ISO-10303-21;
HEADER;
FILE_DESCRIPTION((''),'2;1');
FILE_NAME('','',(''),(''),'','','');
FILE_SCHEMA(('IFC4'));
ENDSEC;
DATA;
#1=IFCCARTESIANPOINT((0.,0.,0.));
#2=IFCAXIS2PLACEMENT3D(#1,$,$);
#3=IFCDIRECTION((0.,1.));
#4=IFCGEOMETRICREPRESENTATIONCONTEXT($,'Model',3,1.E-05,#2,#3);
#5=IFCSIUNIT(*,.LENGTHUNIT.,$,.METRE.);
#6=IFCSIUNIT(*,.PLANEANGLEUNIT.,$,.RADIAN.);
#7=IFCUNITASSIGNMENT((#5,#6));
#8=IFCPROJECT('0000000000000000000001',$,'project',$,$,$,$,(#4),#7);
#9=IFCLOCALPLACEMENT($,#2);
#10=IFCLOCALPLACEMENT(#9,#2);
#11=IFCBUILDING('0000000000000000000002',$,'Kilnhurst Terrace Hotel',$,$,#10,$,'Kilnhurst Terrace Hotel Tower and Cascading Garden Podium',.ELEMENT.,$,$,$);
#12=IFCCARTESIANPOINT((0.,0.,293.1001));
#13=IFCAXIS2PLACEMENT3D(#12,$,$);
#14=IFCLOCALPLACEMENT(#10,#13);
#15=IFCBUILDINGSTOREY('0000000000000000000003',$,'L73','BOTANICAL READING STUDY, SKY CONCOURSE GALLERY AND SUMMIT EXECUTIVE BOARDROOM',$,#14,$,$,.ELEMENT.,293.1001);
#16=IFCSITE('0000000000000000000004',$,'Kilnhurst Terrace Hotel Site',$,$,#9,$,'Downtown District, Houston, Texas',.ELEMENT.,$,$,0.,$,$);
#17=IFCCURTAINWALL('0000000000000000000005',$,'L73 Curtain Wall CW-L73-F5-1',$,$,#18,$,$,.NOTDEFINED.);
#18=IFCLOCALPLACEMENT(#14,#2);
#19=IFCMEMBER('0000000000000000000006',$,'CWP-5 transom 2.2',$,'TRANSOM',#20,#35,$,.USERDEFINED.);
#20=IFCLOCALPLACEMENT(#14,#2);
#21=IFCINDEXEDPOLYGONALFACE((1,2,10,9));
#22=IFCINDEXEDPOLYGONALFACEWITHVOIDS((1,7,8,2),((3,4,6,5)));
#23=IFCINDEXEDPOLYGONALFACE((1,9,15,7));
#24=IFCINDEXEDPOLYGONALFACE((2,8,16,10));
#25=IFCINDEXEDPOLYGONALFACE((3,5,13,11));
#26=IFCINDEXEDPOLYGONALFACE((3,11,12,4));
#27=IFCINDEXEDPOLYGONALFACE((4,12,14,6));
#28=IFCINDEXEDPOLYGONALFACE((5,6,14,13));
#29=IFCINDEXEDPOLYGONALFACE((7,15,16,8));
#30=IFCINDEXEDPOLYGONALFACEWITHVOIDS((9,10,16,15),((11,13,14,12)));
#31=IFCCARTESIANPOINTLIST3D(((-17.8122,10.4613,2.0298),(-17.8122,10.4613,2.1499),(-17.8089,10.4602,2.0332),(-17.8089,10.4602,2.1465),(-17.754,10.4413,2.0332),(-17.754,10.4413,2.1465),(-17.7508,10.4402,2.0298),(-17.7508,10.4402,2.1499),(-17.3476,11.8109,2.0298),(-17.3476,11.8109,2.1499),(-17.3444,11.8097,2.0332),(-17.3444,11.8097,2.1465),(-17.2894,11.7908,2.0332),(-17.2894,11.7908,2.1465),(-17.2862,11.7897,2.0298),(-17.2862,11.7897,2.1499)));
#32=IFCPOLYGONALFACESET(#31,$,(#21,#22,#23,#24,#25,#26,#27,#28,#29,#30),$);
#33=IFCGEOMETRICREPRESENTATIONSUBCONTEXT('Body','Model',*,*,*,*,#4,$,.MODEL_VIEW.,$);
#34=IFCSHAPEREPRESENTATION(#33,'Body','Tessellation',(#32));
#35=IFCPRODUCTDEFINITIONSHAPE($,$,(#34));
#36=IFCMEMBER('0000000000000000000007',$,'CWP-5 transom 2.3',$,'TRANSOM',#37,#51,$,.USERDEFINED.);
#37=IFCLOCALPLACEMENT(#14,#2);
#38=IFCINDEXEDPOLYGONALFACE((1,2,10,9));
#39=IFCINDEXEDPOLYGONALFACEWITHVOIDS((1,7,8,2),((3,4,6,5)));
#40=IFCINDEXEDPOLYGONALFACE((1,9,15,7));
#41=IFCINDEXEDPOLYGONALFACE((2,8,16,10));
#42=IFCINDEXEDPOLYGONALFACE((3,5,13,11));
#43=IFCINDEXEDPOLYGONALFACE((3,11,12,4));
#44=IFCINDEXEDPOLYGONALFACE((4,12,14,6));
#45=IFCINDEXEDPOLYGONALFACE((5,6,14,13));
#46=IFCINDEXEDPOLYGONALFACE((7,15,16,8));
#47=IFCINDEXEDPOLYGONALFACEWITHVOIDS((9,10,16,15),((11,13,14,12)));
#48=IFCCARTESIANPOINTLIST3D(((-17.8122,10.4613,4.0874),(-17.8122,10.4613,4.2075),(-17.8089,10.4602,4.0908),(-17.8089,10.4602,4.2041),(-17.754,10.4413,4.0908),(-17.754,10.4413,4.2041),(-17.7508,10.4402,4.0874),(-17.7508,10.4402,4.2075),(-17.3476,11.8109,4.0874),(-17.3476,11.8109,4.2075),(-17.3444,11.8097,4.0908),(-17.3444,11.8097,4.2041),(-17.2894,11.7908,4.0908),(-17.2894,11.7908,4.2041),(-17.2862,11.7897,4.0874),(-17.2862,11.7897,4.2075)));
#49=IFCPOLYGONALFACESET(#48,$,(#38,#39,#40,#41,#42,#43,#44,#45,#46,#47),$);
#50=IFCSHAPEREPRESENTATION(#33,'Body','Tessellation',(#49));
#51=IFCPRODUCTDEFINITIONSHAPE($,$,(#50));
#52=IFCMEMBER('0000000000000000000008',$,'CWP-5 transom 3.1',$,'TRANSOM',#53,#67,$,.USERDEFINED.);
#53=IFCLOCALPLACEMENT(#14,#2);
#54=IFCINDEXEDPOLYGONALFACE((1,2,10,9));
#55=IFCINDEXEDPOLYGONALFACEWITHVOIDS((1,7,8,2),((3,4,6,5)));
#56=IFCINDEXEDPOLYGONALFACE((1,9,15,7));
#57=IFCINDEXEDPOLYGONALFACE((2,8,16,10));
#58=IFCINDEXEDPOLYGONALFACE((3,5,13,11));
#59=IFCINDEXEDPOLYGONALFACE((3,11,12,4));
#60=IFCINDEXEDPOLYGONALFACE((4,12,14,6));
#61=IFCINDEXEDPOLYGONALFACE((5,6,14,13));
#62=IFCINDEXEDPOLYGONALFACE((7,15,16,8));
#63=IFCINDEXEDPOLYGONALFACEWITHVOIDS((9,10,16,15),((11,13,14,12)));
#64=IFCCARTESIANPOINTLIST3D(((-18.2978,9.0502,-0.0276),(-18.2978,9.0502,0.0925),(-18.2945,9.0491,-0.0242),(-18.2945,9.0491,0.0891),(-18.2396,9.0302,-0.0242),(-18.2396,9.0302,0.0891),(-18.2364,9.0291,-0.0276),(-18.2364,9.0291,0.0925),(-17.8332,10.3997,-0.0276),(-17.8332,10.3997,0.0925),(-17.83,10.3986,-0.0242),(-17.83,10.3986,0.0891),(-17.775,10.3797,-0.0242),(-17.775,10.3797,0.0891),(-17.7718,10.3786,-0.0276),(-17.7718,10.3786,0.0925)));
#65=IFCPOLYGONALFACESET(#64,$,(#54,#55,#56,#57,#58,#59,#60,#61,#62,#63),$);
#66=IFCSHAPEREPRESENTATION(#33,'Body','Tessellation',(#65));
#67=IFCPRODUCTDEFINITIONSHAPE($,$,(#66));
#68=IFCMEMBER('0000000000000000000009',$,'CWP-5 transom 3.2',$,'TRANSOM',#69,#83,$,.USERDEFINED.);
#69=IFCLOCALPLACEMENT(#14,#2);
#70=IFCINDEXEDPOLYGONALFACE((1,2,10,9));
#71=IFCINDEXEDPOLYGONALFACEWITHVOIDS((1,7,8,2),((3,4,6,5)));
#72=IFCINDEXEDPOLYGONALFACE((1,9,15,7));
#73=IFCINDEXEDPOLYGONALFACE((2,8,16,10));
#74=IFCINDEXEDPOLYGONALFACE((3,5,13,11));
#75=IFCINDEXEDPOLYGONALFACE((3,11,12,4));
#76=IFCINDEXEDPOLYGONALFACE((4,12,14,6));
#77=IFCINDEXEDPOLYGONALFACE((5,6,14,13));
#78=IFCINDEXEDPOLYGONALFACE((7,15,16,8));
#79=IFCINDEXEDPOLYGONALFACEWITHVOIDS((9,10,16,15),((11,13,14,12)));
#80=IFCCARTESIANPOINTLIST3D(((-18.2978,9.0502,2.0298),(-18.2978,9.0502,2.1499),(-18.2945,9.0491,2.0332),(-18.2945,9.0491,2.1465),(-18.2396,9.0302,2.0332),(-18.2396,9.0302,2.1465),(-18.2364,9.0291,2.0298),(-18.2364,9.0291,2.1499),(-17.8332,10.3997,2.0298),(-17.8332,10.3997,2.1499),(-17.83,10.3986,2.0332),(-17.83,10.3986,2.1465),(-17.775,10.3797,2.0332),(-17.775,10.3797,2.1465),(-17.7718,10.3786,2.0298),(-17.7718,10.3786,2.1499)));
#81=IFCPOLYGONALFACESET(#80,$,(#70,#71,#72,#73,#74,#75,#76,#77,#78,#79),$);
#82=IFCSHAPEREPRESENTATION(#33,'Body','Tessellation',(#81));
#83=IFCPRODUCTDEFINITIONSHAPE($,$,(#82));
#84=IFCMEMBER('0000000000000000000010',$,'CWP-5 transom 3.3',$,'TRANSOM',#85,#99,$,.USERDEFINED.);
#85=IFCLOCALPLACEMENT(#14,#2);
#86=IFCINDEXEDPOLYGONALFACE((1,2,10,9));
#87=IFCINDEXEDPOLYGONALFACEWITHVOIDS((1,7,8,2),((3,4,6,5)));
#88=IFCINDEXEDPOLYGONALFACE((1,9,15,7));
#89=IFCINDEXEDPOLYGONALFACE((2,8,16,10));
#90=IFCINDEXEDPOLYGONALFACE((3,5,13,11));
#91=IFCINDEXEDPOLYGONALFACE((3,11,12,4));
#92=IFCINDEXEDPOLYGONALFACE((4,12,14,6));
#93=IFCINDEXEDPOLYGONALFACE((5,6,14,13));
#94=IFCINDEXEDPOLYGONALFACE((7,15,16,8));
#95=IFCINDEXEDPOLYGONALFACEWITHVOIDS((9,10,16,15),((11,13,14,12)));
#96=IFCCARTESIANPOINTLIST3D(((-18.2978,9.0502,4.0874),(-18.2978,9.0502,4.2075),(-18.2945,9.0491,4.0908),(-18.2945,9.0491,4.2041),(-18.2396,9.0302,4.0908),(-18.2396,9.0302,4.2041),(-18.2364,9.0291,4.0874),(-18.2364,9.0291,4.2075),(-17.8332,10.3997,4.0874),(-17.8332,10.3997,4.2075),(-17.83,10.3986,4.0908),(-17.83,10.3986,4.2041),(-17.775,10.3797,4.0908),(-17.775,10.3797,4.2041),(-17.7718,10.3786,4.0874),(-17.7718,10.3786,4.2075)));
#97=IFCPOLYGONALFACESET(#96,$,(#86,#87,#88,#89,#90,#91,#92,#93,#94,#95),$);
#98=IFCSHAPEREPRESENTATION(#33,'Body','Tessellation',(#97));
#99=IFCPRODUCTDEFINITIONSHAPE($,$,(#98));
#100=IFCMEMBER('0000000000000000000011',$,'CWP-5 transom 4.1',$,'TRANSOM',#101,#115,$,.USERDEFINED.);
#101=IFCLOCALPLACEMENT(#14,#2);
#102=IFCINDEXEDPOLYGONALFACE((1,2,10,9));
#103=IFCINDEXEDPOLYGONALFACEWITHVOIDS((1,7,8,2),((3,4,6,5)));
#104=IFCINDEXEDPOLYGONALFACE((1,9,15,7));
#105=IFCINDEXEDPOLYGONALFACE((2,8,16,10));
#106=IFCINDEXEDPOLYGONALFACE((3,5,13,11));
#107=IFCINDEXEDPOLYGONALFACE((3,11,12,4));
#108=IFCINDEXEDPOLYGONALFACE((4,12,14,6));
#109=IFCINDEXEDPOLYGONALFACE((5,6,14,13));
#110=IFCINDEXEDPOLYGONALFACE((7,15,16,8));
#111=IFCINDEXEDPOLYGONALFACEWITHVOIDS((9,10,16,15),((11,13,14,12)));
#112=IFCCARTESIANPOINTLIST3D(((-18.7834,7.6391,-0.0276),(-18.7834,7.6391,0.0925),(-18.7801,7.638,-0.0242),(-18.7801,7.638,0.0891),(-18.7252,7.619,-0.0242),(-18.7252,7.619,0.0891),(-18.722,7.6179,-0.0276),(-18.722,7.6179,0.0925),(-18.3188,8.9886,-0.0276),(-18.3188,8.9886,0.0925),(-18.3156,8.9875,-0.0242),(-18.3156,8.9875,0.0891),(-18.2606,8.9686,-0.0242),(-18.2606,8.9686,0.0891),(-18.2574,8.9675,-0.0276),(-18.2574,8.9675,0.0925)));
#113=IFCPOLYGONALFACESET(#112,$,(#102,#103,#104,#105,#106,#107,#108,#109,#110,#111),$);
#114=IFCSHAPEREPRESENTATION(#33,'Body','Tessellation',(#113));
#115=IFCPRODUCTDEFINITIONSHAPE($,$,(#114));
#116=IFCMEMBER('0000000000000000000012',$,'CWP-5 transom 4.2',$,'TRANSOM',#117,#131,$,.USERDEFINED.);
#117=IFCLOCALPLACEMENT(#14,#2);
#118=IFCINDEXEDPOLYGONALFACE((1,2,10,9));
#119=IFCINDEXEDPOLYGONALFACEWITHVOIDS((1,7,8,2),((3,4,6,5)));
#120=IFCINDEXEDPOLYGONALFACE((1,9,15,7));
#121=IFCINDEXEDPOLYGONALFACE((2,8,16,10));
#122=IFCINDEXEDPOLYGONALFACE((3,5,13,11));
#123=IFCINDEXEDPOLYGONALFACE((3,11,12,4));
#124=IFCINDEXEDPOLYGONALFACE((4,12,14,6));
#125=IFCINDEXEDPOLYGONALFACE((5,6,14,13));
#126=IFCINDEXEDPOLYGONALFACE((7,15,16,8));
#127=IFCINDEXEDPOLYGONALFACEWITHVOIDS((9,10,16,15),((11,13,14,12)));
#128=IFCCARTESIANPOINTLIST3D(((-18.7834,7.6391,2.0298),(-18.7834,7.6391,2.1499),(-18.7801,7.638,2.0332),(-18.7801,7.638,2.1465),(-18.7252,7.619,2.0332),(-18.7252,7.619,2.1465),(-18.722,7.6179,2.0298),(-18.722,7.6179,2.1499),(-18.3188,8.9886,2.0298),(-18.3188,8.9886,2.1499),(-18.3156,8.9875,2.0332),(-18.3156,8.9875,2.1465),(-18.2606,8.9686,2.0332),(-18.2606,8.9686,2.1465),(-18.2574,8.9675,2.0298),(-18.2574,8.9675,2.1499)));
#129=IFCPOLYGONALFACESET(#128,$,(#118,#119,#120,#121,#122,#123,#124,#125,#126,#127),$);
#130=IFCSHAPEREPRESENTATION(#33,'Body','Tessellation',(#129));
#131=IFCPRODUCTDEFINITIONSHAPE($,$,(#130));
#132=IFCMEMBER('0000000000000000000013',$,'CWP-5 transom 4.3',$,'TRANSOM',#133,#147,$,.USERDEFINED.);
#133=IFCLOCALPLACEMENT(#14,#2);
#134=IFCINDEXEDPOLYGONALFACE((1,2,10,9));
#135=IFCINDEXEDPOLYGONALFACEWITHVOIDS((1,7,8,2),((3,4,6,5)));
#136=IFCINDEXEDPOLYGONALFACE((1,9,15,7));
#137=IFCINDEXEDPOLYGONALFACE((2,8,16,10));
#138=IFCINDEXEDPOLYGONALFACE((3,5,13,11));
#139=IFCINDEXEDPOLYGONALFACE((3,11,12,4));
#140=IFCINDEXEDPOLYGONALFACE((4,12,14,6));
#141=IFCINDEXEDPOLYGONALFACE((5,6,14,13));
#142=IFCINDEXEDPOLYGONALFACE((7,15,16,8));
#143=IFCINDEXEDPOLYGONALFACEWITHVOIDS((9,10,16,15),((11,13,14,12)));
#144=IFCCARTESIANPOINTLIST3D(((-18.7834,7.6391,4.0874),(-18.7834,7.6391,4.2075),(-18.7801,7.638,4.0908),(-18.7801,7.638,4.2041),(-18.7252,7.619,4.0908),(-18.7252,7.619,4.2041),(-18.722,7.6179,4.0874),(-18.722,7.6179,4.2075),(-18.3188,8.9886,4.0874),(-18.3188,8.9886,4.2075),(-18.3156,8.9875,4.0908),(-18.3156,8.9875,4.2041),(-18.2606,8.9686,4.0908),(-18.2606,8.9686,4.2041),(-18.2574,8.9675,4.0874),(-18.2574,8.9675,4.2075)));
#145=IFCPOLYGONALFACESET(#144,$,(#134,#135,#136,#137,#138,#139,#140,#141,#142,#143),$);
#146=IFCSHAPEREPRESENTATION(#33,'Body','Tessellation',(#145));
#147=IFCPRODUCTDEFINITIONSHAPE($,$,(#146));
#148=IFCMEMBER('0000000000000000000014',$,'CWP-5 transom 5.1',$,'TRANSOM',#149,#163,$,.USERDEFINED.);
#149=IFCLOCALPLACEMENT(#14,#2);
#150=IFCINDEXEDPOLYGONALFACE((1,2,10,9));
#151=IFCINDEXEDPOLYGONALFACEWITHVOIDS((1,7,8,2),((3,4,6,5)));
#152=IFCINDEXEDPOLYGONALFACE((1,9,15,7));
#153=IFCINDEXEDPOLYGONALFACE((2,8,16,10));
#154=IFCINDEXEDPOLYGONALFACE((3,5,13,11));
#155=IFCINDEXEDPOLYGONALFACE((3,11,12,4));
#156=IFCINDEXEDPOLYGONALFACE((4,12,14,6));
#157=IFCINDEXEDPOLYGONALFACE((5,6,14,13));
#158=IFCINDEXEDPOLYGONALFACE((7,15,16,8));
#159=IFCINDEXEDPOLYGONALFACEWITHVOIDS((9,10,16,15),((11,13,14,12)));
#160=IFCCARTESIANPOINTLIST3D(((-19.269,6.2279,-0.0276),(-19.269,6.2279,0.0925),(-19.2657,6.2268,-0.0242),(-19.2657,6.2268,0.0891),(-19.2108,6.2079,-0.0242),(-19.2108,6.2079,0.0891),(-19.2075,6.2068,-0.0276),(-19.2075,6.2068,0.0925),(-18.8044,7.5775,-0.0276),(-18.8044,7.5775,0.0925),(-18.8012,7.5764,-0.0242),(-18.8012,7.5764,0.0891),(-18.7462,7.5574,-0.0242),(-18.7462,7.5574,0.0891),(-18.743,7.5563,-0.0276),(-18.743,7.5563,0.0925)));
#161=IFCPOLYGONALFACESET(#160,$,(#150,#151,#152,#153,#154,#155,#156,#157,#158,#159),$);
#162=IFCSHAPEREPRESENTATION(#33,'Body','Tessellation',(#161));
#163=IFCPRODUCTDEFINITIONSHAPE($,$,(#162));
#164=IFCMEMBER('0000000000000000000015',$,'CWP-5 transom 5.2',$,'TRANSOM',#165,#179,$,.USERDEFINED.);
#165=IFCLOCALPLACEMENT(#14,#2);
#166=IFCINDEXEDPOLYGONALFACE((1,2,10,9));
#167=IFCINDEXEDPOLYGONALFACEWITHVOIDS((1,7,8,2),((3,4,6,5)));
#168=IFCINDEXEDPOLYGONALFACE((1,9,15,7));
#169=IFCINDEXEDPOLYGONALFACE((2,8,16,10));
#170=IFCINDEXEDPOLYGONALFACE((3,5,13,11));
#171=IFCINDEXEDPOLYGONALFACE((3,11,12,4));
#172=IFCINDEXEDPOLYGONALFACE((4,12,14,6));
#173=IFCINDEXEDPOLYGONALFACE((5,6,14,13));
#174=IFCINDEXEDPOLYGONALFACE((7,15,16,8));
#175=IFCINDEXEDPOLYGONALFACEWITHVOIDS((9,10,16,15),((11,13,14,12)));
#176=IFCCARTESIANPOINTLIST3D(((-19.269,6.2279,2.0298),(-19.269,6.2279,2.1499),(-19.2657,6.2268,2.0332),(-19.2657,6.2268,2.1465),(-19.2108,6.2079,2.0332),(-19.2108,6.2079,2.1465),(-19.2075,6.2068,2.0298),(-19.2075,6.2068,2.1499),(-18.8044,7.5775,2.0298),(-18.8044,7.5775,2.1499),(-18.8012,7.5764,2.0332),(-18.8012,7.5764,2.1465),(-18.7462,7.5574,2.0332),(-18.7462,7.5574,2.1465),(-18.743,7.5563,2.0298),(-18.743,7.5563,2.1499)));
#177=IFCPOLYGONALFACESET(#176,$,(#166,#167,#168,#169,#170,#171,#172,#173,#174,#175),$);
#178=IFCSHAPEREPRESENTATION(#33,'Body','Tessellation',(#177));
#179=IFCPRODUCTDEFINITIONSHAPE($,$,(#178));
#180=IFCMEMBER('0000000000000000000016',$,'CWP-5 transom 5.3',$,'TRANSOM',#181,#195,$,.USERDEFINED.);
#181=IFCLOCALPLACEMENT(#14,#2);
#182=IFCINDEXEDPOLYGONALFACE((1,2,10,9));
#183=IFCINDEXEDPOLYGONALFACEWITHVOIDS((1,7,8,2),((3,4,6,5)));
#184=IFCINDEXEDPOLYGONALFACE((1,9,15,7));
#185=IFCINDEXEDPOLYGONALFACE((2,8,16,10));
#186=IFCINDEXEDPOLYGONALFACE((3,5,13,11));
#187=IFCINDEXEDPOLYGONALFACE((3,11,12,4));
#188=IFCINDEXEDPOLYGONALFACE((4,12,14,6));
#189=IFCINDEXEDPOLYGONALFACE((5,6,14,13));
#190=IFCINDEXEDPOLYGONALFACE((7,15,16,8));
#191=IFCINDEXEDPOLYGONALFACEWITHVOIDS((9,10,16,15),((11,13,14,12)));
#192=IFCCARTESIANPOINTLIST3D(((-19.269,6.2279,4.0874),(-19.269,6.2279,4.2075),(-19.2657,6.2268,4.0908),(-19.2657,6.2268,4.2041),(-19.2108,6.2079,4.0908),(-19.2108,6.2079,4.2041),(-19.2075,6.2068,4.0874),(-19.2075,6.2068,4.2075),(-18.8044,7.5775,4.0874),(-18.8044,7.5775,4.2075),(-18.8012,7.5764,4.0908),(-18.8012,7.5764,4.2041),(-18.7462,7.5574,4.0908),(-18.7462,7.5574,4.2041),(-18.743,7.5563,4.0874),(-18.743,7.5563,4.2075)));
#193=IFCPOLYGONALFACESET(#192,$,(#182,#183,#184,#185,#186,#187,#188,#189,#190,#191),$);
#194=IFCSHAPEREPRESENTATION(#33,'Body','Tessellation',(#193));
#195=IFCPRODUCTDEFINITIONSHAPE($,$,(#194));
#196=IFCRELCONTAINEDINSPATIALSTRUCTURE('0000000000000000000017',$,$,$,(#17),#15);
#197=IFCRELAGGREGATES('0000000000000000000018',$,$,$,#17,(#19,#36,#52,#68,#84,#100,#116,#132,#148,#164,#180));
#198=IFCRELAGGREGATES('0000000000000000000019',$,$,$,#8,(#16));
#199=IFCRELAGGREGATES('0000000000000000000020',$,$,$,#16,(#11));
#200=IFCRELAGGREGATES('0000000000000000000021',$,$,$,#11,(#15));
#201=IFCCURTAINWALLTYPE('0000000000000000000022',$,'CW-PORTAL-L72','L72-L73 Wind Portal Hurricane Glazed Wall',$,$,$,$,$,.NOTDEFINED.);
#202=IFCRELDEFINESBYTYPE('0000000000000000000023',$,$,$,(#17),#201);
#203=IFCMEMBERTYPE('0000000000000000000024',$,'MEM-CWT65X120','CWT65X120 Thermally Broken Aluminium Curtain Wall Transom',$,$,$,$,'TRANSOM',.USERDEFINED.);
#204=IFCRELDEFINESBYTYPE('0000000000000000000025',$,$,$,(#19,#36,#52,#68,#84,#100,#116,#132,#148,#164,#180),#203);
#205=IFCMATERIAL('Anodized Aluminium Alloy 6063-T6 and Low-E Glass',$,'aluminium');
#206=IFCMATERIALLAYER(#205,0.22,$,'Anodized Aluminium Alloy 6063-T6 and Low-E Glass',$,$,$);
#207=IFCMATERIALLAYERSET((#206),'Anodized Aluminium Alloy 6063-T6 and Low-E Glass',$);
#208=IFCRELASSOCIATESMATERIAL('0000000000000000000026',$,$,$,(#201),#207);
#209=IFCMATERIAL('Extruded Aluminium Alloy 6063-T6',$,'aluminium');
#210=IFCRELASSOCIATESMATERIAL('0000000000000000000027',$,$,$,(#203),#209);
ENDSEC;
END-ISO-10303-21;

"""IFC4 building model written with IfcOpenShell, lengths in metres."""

from ifc_helpers import new_model, si_unit, direction, frame, origin, origin_2d, place, context, subcontext, project, spatial, hollow_rectangle, extrude, material, layer, layer_set, material_profile, profile_set, type_object, element, aggregate, save


model = new_model("IFC4")

# Units and contexts
model_context = context("Model", 3, precision=1e-05, world=origin(), true_north=direction((0.0, 1.0)))
body_context = subcontext(model_context, "Body", "Model", "MODEL_VIEW")
ifc_project = project(units=[si_unit("LENGTHUNIT", "METRE"), si_unit("PLANEANGLEUNIT", "RADIAN")], contexts=[model_context])

# Site, building, storey
site_placement = place(None, origin())
site = spatial("IfcSite", under=ifc_project, at=site_placement, Name="Kilnhurst Terrace Hotel Site", LongName="Downtown District, Houston, Texas", CompositionType="ELEMENT", RefElevation=0.0)
building_placement = place(site_placement, origin())
building = spatial("IfcBuilding", under=site, at=building_placement, Name="Kilnhurst Terrace Hotel", LongName="Kilnhurst Terrace Hotel Tower and Cascading Garden Podium", CompositionType="ELEMENT")
storey_placement = place(building_placement, frame((0.0, 0.0, 293.1001)))
storey = spatial("IfcBuildingStorey", under=building, at=storey_placement, Name="L73", Description="BOTANICAL READING STUDY, SKY CONCOURSE GALLERY AND SUMMIT EXECUTIVE BOARDROOM", CompositionType="ELEMENT", Elevation=293.1001)

# Curtain wall, members
ifc_material_1 = material(Name="Anodized Aluminium Alloy 6063-T6 and Low-E Glass", Category="aluminium")
ifc_layer_1 = layer(ifc_material_1, 0.22, Name="Anodized Aluminium Alloy 6063-T6 and Low-E Glass")
ifc_layer_set_1 = layer_set([ifc_layer_1], Name="Anodized Aluminium Alloy 6063-T6 and Low-E Glass")
curtain_wall_type = type_object("IfcCurtainWallType", Name="CW-PORTAL-L72", Description="L72-L73 Wind Portal Hurricane Glazed Wall", PredefinedType="NOTDEFINED", material=ifc_layer_set_1)
curtain_wall_placement = place(storey_placement, origin())
curtain_wall = element("IfcCurtainWall", 1, at=curtain_wall_placement, inside=storey, type_object=curtain_wall_type, Name="L73 Curtain Wall CW-L73-F5-1", PredefinedType="NOTDEFINED")
ifc_material_2 = material(Name="Extruded Aluminium Alloy 6063-T6", Category="aluminium")
ifc_material_profile_1 = material_profile(ifc_material_2, hollow_rectangle(XDim=0.0649, YDim=0.1201, WallThickness=0.0034, at=origin_2d()), Name="CWT65X120")
ifc_profile_set_1 = profile_set([ifc_material_profile_1], Name="Extruded Aluminium Alloy 6063-T6")
member_type_1 = type_object("IfcMemberType", Name="MEM-CWT65X120", Description="CWT65X120 Thermally Broken Aluminium Curtain Wall Transom", ElementType="TRANSOM", PredefinedType="USERDEFINED", material=ifc_profile_set_1)
member_1_placement = place(storey_placement, frame((-17.3169, 11.8003, 2.0898), z_axis=(-0.3255, -0.945542, 0.0), x_axis=(0.945542, -0.3255, 0.0)))
member_1 = element("IfcMember", 2, at=member_1_placement, type_object=member_type_1, Name="CWP-5 transom 2.2", ObjectType="TRANSOM", PredefinedType="USERDEFINED", context=body_context, shape_type="SweptSolid", body=[
    extrude(hollow_rectangle(XDim=0.0649, YDim=0.1201, WallThickness=0.0034, at=origin_2d()), origin(), (0.0, 0.0, 1.0), 1.4272),
])
member_2_placement = place(storey_placement, frame((-17.3169, 11.8003, 4.1475), z_axis=(-0.3255, -0.945542, 0.0), x_axis=(0.945542, -0.3255, 0.0)))
member_2 = element("IfcMember", 3, at=member_2_placement, type_object=member_type_1, Name="CWP-5 transom 2.3", ObjectType="TRANSOM", PredefinedType="USERDEFINED", context=body_context, shape_type="SweptSolid", body=[
    extrude(hollow_rectangle(XDim=0.0649, YDim=0.1201, WallThickness=0.0034, at=origin_2d()), origin(), (0.0, 0.0, 1.0), 1.4272),
])
member_3_placement = place(storey_placement, frame((-17.8025, 10.3892, 0.0325), z_axis=(-0.3255, -0.945542, 0.0), x_axis=(0.945542, -0.3255, 0.0)))
member_3 = element("IfcMember", 4, at=member_3_placement, type_object=member_type_1, Name="CWP-5 transom 3.1", ObjectType="TRANSOM", PredefinedType="USERDEFINED", context=body_context, shape_type="SweptSolid", body=[
    extrude(hollow_rectangle(XDim=0.0649, YDim=0.1201, WallThickness=0.0034, at=origin_2d()), origin(), (0.0, 0.0, 1.0), 1.4272),
])
member_4_placement = place(storey_placement, frame((-17.8025, 10.3892, 2.0898), z_axis=(-0.3255, -0.945542, 0.0), x_axis=(0.945542, -0.3255, 0.0)))
member_4 = element("IfcMember", 5, at=member_4_placement, type_object=member_type_1, Name="CWP-5 transom 3.2", ObjectType="TRANSOM", PredefinedType="USERDEFINED", context=body_context, shape_type="SweptSolid", body=[
    extrude(hollow_rectangle(XDim=0.0649, YDim=0.1201, WallThickness=0.0034, at=origin_2d()), origin(), (0.0, 0.0, 1.0), 1.4272),
])
member_5_placement = place(storey_placement, frame((-17.8025, 10.3892, 4.1475), z_axis=(-0.3255, -0.945542, 0.0), x_axis=(0.945542, -0.3255, 0.0)))
member_5 = element("IfcMember", 6, at=member_5_placement, type_object=member_type_1, Name="CWP-5 transom 3.3", ObjectType="TRANSOM", PredefinedType="USERDEFINED", context=body_context, shape_type="SweptSolid", body=[
    extrude(hollow_rectangle(XDim=0.0649, YDim=0.1201, WallThickness=0.0034, at=origin_2d()), origin(), (0.0, 0.0, 1.0), 1.4272),
])
member_6_placement = place(storey_placement, frame((-18.2881, 8.978, 0.0325), z_axis=(-0.3255, -0.945542, 0.0), x_axis=(0.945542, -0.3255, 0.0)))
member_6 = element("IfcMember", 7, at=member_6_placement, type_object=member_type_1, Name="CWP-5 transom 4.1", ObjectType="TRANSOM", PredefinedType="USERDEFINED", context=body_context, shape_type="SweptSolid", body=[
    extrude(hollow_rectangle(XDim=0.0649, YDim=0.1201, WallThickness=0.0034, at=origin_2d()), origin(), (0.0, 0.0, 1.0), 1.4272),
])
member_7_placement = place(storey_placement, frame((-18.2881, 8.978, 2.0898), z_axis=(-0.3255, -0.945542, 0.0), x_axis=(0.945542, -0.3255, 0.0)))
member_7 = element("IfcMember", 8, at=member_7_placement, type_object=member_type_1, Name="CWP-5 transom 4.2", ObjectType="TRANSOM", PredefinedType="USERDEFINED", context=body_context, shape_type="SweptSolid", body=[
    extrude(hollow_rectangle(XDim=0.0649, YDim=0.1201, WallThickness=0.0034, at=origin_2d()), origin(), (0.0, 0.0, 1.0), 1.4272),
])
member_8_placement = place(storey_placement, frame((-18.2881, 8.978, 4.1475), z_axis=(-0.3255, -0.945542, 0.0), x_axis=(0.945542, -0.3255, 0.0)))
member_8 = element("IfcMember", 9, at=member_8_placement, type_object=member_type_1, Name="CWP-5 transom 4.3", ObjectType="TRANSOM", PredefinedType="USERDEFINED", context=body_context, shape_type="SweptSolid", body=[
    extrude(hollow_rectangle(XDim=0.0649, YDim=0.1201, WallThickness=0.0034, at=origin_2d()), origin(), (0.0, 0.0, 1.0), 1.4272),
])
member_9_placement = place(storey_placement, frame((-18.7737, 7.5669, 0.0325), z_axis=(-0.3255, -0.945542, 0.0), x_axis=(0.945542, -0.3255, 0.0)))
member_9 = element("IfcMember", 10, at=member_9_placement, type_object=member_type_1, Name="CWP-5 transom 5.1", ObjectType="TRANSOM", PredefinedType="USERDEFINED", context=body_context, shape_type="SweptSolid", body=[
    extrude(hollow_rectangle(XDim=0.0649, YDim=0.1201, WallThickness=0.0034, at=origin_2d()), origin(), (0.0, 0.0, 1.0), 1.4272),
])
member_10_placement = place(storey_placement, frame((-18.7737, 7.5669, 2.0898), z_axis=(-0.3255, -0.945542, 0.0), x_axis=(0.945542, -0.3255, 0.0)))
member_10 = element("IfcMember", 11, at=member_10_placement, type_object=member_type_1, Name="CWP-5 transom 5.2", ObjectType="TRANSOM", PredefinedType="USERDEFINED", context=body_context, shape_type="SweptSolid", body=[
    extrude(hollow_rectangle(XDim=0.0649, YDim=0.1201, WallThickness=0.0034, at=origin_2d()), origin(), (0.0, 0.0, 1.0), 1.4272),
])
member_11_placement = place(storey_placement, frame((-18.7737, 7.5669, 4.1475), z_axis=(-0.3255, -0.945542, 0.0), x_axis=(0.945542, -0.3255, 0.0)))
member_11 = element("IfcMember", 12, at=member_11_placement, type_object=member_type_1, Name="CWP-5 transom 5.3", ObjectType="TRANSOM", PredefinedType="USERDEFINED", context=body_context, shape_type="SweptSolid", body=[
    extrude(hollow_rectangle(XDim=0.0649, YDim=0.1201, WallThickness=0.0034, at=origin_2d()), origin(), (0.0, 0.0, 1.0), 1.4272),
])
aggregate(curtain_wall, [member_1, member_2, member_3, member_4, member_5, member_6, member_7, member_8, member_9, member_10, member_11])

save(model, "model.ifc")
